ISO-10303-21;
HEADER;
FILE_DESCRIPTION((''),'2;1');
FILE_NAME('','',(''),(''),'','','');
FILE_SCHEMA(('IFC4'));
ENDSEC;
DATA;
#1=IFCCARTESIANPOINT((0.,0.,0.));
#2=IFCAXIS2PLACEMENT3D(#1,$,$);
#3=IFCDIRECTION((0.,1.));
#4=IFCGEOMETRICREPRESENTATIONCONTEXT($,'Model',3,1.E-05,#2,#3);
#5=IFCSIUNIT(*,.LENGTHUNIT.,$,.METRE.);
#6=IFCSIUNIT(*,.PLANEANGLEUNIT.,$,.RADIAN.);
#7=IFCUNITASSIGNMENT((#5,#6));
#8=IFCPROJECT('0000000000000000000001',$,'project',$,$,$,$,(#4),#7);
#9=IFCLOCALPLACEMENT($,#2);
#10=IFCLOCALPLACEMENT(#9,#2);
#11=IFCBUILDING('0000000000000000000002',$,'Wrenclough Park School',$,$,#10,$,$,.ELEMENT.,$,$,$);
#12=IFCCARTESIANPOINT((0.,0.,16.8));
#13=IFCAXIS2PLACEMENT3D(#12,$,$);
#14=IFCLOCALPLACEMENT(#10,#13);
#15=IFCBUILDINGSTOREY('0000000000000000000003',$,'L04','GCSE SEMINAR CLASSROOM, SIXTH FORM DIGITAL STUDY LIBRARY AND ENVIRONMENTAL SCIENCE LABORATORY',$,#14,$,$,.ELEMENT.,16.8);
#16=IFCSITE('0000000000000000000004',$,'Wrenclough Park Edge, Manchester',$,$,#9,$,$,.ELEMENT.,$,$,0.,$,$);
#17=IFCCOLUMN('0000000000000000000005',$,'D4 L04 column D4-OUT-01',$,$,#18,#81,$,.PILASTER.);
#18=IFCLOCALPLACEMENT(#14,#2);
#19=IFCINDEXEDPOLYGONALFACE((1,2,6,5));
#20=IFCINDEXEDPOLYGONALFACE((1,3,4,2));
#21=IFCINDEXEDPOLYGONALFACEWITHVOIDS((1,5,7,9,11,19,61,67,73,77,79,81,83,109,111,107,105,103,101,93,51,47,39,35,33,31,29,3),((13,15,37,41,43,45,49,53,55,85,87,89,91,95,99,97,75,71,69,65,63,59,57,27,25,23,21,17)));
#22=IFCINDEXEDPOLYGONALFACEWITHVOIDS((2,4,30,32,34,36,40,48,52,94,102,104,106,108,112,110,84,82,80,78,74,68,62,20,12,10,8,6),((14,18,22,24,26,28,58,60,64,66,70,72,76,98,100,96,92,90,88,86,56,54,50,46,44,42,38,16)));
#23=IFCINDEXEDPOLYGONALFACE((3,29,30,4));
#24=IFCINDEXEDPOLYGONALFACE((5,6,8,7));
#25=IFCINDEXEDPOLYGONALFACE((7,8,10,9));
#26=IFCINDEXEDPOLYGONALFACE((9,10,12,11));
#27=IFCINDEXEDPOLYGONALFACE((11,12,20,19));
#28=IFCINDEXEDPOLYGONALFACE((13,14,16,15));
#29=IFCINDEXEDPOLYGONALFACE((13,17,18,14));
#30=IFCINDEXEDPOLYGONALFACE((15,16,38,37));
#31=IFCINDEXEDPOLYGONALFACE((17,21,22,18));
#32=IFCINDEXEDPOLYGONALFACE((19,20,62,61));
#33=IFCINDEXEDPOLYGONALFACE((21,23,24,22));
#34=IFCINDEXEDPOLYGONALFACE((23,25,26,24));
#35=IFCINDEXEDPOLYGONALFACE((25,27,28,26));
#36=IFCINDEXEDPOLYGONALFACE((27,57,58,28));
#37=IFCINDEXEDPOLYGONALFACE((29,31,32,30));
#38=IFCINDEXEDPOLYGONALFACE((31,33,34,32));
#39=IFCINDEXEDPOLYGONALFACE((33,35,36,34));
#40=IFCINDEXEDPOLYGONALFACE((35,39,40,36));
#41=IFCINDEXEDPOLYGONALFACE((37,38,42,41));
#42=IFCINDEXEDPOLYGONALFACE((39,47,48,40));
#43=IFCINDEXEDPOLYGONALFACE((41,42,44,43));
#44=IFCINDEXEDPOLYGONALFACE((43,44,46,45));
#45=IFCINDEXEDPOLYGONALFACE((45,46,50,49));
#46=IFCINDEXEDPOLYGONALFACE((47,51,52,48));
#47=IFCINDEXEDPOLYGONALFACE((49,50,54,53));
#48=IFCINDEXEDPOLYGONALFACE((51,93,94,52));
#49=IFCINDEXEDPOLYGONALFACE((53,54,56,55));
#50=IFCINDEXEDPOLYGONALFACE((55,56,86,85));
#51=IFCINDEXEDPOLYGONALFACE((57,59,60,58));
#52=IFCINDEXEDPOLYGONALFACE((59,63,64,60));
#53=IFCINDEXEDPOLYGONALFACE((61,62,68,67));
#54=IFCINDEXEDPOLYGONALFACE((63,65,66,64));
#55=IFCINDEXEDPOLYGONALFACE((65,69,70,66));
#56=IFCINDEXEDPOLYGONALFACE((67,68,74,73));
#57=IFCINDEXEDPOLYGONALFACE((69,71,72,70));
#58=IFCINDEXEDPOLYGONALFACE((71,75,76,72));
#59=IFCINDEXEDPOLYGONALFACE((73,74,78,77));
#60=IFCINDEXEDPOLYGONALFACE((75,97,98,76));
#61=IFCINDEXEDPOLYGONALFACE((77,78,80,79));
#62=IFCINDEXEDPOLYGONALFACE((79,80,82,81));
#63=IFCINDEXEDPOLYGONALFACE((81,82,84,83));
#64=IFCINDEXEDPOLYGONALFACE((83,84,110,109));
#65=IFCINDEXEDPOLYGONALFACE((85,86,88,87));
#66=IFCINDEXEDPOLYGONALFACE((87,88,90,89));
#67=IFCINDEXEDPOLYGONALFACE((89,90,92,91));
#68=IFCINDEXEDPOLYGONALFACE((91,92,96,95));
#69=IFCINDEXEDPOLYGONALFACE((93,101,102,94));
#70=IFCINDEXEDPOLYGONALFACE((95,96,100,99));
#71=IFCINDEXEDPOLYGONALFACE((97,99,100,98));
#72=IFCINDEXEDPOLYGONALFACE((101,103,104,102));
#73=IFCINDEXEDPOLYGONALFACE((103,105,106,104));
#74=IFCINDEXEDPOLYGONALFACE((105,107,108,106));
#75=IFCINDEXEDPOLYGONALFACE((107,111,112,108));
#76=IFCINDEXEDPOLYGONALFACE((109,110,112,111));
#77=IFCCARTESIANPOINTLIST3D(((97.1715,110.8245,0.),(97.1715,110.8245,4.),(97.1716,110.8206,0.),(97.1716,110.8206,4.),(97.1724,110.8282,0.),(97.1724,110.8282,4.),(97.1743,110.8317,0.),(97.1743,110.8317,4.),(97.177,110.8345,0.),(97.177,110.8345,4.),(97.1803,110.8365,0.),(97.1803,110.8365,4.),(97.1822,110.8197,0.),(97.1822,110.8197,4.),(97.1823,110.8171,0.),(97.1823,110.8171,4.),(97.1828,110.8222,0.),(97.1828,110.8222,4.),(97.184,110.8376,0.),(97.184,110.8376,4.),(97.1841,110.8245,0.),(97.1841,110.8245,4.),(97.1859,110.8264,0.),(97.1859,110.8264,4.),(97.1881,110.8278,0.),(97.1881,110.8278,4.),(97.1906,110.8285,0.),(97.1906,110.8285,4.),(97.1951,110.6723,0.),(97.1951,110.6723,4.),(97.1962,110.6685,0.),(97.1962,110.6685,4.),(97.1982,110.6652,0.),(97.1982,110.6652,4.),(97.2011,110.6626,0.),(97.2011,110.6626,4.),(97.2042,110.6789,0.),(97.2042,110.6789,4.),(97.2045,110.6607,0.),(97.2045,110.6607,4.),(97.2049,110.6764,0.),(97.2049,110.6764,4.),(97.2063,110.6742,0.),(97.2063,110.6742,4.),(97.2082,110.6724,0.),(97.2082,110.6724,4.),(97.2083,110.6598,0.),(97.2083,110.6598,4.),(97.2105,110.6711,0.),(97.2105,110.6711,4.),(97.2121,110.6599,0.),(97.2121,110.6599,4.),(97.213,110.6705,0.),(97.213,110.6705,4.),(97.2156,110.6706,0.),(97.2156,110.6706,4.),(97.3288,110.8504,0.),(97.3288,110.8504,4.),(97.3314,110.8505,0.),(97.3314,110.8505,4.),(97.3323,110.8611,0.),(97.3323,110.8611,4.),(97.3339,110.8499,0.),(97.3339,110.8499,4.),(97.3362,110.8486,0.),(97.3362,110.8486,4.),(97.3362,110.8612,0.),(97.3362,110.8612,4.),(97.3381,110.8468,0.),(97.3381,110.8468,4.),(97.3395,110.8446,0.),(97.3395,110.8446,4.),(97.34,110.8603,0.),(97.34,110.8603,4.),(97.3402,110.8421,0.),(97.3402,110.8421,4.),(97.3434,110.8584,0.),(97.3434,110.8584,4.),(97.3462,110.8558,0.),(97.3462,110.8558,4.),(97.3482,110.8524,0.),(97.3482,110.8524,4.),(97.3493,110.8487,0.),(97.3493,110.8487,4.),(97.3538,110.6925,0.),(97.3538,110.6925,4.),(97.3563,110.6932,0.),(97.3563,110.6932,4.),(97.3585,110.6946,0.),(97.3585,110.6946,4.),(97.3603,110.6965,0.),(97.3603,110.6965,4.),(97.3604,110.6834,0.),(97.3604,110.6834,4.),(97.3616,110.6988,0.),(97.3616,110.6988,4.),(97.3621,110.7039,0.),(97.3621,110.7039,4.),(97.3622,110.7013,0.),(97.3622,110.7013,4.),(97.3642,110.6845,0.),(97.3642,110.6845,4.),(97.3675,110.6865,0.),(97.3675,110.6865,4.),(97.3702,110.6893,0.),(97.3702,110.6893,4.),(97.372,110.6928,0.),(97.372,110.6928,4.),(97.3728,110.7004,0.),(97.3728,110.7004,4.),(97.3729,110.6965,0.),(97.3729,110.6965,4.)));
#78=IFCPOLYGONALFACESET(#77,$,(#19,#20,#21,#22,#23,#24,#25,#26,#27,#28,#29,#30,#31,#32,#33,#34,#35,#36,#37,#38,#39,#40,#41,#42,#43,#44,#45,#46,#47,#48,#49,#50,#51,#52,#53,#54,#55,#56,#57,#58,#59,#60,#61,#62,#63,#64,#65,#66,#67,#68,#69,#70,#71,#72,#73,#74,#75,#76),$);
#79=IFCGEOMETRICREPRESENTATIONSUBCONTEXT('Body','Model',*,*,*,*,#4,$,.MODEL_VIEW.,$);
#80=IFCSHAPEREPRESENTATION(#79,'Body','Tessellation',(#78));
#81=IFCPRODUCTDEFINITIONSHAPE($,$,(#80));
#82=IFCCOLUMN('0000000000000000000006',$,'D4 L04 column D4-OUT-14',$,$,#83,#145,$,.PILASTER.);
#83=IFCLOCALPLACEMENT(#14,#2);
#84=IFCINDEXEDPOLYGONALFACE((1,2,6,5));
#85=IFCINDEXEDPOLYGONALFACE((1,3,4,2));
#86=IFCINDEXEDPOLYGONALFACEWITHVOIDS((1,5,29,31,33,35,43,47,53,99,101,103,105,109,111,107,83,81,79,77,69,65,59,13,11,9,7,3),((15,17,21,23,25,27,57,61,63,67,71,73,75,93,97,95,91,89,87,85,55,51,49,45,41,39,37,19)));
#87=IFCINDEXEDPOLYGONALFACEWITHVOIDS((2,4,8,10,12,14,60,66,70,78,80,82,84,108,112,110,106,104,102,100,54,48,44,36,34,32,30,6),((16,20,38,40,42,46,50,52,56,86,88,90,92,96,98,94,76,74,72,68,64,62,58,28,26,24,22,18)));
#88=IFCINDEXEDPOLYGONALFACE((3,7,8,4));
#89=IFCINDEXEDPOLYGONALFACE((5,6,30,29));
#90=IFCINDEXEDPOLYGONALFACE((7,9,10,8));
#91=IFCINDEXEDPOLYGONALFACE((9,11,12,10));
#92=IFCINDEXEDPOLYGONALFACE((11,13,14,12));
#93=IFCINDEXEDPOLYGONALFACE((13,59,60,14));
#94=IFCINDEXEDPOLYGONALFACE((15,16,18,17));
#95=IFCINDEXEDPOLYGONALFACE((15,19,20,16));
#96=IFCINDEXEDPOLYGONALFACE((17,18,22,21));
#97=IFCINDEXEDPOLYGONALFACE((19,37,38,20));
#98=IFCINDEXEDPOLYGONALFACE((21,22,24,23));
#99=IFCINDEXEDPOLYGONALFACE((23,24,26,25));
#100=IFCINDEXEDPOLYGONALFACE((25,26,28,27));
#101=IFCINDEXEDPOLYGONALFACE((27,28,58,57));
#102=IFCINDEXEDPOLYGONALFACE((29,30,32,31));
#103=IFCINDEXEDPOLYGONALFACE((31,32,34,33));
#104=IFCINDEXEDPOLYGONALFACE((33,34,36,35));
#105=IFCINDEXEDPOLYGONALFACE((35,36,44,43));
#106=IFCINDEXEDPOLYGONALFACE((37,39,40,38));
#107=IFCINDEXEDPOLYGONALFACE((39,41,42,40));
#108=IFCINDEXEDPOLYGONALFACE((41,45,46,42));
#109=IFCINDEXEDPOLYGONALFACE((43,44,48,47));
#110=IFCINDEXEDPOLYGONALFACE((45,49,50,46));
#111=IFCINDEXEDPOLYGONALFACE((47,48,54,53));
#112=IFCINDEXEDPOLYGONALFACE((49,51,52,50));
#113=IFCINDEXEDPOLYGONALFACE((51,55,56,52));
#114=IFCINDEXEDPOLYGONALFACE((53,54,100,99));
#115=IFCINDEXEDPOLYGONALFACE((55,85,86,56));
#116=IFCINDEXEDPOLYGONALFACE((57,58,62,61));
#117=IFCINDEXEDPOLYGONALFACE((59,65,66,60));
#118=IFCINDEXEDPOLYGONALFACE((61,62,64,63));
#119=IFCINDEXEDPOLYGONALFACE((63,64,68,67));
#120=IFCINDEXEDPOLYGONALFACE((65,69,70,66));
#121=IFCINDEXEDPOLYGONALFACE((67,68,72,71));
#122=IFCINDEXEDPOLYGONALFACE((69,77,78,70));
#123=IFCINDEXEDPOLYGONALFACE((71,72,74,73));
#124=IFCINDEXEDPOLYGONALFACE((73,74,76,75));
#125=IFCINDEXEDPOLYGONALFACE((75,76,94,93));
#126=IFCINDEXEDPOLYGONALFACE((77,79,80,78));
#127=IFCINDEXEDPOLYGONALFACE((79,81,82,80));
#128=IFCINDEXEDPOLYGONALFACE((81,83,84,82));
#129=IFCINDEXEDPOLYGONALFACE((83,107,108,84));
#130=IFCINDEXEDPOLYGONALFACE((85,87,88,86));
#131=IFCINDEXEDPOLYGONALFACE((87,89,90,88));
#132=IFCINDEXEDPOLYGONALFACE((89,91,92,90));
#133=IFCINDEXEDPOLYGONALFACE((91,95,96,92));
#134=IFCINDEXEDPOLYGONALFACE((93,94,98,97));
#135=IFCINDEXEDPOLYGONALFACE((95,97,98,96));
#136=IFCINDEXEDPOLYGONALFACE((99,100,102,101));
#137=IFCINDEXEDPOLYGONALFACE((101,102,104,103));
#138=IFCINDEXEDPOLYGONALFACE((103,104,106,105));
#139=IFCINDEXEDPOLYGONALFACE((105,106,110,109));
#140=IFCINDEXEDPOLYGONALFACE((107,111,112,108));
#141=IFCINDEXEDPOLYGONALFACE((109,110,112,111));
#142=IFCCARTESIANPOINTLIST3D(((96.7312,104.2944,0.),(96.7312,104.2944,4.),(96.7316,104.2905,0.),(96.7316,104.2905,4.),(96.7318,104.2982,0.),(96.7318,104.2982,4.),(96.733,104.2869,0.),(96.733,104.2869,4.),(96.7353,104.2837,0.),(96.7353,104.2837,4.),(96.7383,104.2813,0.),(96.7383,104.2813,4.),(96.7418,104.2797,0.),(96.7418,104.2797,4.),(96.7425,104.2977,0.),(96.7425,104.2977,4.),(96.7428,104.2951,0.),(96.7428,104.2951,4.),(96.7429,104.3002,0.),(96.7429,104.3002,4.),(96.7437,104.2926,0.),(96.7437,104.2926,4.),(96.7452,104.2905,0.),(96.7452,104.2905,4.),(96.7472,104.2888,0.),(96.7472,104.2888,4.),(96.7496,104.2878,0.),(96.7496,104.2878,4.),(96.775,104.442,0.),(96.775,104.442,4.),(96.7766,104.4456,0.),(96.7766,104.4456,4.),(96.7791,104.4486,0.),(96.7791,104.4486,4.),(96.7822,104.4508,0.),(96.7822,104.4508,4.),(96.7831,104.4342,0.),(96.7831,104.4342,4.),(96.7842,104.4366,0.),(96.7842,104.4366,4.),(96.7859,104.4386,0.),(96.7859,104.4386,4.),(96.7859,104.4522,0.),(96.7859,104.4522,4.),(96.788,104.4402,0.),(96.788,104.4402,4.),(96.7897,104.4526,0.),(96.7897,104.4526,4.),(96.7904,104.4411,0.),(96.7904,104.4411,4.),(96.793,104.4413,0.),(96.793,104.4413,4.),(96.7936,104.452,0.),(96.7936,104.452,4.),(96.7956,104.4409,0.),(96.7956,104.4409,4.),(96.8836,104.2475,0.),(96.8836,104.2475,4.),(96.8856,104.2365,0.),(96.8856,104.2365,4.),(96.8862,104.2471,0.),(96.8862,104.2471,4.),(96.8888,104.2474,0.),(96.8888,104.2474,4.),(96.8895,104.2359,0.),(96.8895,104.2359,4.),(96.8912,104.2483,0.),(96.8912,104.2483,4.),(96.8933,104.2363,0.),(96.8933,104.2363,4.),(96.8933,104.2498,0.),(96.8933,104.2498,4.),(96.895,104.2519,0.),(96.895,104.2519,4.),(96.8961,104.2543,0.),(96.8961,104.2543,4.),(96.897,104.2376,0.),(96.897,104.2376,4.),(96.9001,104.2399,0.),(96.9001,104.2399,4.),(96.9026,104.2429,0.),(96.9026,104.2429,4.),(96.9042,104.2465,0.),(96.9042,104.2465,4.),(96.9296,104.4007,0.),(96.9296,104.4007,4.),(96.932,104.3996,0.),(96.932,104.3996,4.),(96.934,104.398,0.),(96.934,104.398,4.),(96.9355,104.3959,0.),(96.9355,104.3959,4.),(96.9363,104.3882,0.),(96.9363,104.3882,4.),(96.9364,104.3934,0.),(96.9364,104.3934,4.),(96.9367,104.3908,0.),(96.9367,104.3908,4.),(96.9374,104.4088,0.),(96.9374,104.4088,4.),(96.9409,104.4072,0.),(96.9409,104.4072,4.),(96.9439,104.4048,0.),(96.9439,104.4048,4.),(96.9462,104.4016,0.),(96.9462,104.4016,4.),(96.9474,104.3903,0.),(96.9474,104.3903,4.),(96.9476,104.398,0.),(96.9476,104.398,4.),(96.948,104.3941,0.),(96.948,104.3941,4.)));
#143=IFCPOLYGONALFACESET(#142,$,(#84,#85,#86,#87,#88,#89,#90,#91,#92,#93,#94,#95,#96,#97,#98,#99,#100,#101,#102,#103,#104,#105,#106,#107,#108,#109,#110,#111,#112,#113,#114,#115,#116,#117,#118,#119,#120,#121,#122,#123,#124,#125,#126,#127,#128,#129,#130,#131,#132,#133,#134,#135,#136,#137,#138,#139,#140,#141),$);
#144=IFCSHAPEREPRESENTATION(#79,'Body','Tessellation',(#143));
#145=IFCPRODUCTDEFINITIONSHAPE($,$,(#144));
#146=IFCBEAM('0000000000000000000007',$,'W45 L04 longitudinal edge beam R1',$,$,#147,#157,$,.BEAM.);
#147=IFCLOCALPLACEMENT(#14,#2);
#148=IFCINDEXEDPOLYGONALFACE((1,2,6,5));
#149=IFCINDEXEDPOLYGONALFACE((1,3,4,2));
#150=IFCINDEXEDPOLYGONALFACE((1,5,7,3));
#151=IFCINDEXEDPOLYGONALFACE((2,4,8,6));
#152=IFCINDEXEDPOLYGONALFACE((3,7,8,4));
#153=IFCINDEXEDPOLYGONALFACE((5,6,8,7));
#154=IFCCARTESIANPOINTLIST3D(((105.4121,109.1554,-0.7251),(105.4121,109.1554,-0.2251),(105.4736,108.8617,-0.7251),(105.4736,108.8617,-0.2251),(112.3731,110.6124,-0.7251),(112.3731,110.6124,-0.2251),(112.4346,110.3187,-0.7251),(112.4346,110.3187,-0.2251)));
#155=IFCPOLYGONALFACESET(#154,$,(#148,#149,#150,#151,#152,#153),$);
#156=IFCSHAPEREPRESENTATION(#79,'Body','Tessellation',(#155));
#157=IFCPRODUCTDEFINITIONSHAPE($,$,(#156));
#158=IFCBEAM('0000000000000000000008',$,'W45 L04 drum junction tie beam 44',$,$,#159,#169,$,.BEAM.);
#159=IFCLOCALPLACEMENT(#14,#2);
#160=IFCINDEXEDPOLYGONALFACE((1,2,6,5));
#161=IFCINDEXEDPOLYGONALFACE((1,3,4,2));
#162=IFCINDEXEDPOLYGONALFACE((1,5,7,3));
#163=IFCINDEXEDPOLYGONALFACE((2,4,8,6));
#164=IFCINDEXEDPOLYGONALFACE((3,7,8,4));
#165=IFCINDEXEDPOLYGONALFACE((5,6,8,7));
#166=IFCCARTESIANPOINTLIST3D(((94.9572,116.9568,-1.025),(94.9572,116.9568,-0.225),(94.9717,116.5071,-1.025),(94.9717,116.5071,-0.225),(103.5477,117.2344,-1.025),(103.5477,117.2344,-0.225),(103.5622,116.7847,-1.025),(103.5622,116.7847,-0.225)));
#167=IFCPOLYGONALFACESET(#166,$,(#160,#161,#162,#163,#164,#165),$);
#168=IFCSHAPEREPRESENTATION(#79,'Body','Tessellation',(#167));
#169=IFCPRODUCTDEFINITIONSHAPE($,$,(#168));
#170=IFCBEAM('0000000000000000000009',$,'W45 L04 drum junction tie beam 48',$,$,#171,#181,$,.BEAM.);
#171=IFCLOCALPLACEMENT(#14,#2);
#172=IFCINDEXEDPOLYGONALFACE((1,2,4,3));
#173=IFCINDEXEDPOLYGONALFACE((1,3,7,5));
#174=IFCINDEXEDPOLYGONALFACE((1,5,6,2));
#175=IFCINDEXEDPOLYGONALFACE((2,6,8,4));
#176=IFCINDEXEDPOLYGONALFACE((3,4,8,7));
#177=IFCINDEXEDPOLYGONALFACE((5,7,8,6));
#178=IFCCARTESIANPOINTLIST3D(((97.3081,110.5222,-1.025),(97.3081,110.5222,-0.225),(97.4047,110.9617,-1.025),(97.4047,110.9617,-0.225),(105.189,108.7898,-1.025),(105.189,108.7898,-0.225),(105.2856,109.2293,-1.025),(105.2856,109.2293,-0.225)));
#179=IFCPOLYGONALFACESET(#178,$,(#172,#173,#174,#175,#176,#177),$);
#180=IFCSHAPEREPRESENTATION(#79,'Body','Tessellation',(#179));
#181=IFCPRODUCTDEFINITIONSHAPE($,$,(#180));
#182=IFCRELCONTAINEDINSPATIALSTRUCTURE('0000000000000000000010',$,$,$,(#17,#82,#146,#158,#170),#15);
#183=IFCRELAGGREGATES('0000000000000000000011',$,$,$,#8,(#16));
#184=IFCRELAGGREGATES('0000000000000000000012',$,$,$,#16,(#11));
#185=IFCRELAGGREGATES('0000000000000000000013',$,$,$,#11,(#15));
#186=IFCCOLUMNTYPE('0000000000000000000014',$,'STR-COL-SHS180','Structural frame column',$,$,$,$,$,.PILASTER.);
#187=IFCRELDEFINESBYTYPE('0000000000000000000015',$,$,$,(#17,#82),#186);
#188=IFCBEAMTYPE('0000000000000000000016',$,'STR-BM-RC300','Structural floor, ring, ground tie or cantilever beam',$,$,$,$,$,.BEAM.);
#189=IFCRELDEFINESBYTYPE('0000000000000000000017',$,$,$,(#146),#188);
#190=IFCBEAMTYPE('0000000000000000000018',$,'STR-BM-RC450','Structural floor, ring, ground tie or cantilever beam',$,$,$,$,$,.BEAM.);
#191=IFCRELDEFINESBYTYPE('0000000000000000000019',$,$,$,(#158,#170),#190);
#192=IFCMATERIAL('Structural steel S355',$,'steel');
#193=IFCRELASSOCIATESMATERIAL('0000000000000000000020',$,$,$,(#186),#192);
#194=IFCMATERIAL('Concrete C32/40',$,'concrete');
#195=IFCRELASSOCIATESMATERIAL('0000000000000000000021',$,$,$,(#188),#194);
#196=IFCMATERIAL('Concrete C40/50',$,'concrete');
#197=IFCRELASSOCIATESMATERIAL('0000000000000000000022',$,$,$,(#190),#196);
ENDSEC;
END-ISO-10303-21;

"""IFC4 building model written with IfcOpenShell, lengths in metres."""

from ifc_helpers import new_model, si_unit, direction, frame, origin, origin_2d, place, context, subcontext, project, spatial, rectangle, hollow_rectangle, extrude, material, material_profile, profile_set, type_object, element, save


model = new_model("IFC4")

# Units and contexts
model_context = context("Model", 3, precision=1e-05, world=origin(), true_north=direction((0.0, 1.0)))
body_context = subcontext(model_context, "Body", "Model", "MODEL_VIEW")
ifc_project = project(units=[si_unit("LENGTHUNIT", "METRE"), si_unit("PLANEANGLEUNIT", "RADIAN")], contexts=[model_context])

# Site, building, storey
site_placement = place(None, origin())
site = spatial("IfcSite", under=ifc_project, at=site_placement, Name="Wrenclough Park Edge, Manchester", CompositionType="ELEMENT", RefElevation=0.0)
building_placement = place(site_placement, origin())
building = spatial("IfcBuilding", under=site, at=building_placement, Name="Wrenclough Park School", CompositionType="ELEMENT")
storey_placement = place(building_placement, frame((0.0, 0.0, 16.8)))
storey = spatial("IfcBuildingStorey", under=building, at=storey_placement, Name="L04", Description="GCSE SEMINAR CLASSROOM, SIXTH FORM DIGITAL STUDY LIBRARY AND ENVIRONMENTAL SCIENCE LABORATORY", CompositionType="ELEMENT", Elevation=16.8)

# Columns
ifc_material_1 = material(Name="Structural steel S355", Category="steel")
ifc_material_profile_1 = material_profile(ifc_material_1, hollow_rectangle(XDim=0.1799, YDim=0.1799, WallThickness=0.01, InnerFilletRadius=0.01, OuterFilletRadius=0.0149, at=origin_2d()), Name="SHS 180x180x10.0")
ifc_profile_set_1 = profile_set([ifc_material_profile_1], Name="Structural steel S355")
column_type = type_object("IfcColumnType", Name="STR-COL-SHS180", Description="Structural frame column", PredefinedType="PILASTER", material=ifc_profile_set_1)
for number, where, z_axis, x_axis, name in (
    (1, (97.2722, 110.7605, 0.0), (0.0, 0.0, 1.0), (-0.156434, 0.987688, 0.0), "D4 L04 column D4-OUT-01"),
    (2, (96.8396, 104.3442, 0.0), (0.0, 0.0, 1.0), (0.287528, 0.957772, 0.0), "D4 L04 column D4-OUT-14"),
):
    element("IfcColumn", number, at=place(storey_placement, frame(where, z_axis=z_axis, x_axis=x_axis)), inside=storey, type_object=column_type, Name=name, PredefinedType="PILASTER", context=body_context, shape_type="SweptSolid", body=[
        extrude(hollow_rectangle(XDim=0.1799, YDim=0.1799, WallThickness=0.01, InnerFilletRadius=0.01, OuterFilletRadius=0.0149, at=origin_2d()), origin(), (0.0, 0.0, 1.0), 4.0),
    ])

# Beams
ifc_material_2 = material(Name="Concrete C32/40", Category="concrete")
ifc_material_profile_2 = material_profile(ifc_material_2, rectangle(XDim=0.3, YDim=0.5, at=origin_2d()), Name="RC BEAM 300x500")
ifc_profile_set_2 = profile_set([ifc_material_profile_2], Name="Concrete C32/40")
beam_type_1 = type_object("IfcBeamType", Name="STR-BM-RC300", Description="Structural floor, ring, ground tie or cantilever beam", PredefinedType="BEAM", material=ifc_profile_set_2)
beam_1_placement = place(storey_placement, frame((105.4429, 109.0085, -0.4751), z_axis=(0.978788, 0.204875, 0.0), x_axis=(-0.204875, 0.978788, 0.0)))
element("IfcBeam", 3, at=beam_1_placement, inside=storey, type_object=beam_type_1, Name="W45 L04 longitudinal edge beam R1", PredefinedType="BEAM", context=body_context, shape_type="SweptSolid", body=[
    extrude(rectangle(XDim=0.3, YDim=0.5, at=origin_2d()), origin(), (0.0, 0.0, 1.0), 7.1118),
])
ifc_material_3 = material(Name="Concrete C40/50", Category="concrete")
ifc_material_profile_3 = material_profile(ifc_material_3, rectangle(XDim=0.45, YDim=0.8, at=origin_2d()), Name="RC BEAM 450x800")
ifc_profile_set_3 = profile_set([ifc_material_profile_3], Name="Concrete C40/50")
beam_type_2 = type_object("IfcBeamType", Name="STR-BM-RC450", Description="Structural floor, ring, ground tie or cantilever beam", PredefinedType="BEAM", material=ifc_profile_set_3)
beam_2_placement = place(storey_placement, frame((103.5549, 117.0095, -0.625), z_axis=(-0.999478, -0.032296, 0.0), x_axis=(0.032296, -0.999478, 0.0)))
element("IfcBeam", 4, at=beam_2_placement, inside=storey, type_object=beam_type_2, Name="W45 L04 drum junction tie beam 44", PredefinedType="BEAM", context=body_context, shape_type="SweptSolid", body=[
    extrude(rectangle(XDim=0.45, YDim=0.8, at=origin_2d()), origin(), (0.0, 0.0, 1.0), 8.595),
])
beam_3_placement = place(storey_placement, frame((105.2373, 109.0095, -0.625), z_axis=(-0.97668, 0.2147, 0.0), x_axis=(-0.2147, -0.97668, 0.0)))
element("IfcBeam", 5, at=beam_3_placement, inside=storey, type_object=beam_type_2, Name="W45 L04 drum junction tie beam 48", PredefinedType="BEAM", context=body_context, shape_type="SweptSolid", body=[
    extrude(rectangle(XDim=0.45, YDim=0.8, at=origin_2d()), origin(), (0.0, 0.0, 1.0), 8.0691),
])

save(model, "model.ifc")
